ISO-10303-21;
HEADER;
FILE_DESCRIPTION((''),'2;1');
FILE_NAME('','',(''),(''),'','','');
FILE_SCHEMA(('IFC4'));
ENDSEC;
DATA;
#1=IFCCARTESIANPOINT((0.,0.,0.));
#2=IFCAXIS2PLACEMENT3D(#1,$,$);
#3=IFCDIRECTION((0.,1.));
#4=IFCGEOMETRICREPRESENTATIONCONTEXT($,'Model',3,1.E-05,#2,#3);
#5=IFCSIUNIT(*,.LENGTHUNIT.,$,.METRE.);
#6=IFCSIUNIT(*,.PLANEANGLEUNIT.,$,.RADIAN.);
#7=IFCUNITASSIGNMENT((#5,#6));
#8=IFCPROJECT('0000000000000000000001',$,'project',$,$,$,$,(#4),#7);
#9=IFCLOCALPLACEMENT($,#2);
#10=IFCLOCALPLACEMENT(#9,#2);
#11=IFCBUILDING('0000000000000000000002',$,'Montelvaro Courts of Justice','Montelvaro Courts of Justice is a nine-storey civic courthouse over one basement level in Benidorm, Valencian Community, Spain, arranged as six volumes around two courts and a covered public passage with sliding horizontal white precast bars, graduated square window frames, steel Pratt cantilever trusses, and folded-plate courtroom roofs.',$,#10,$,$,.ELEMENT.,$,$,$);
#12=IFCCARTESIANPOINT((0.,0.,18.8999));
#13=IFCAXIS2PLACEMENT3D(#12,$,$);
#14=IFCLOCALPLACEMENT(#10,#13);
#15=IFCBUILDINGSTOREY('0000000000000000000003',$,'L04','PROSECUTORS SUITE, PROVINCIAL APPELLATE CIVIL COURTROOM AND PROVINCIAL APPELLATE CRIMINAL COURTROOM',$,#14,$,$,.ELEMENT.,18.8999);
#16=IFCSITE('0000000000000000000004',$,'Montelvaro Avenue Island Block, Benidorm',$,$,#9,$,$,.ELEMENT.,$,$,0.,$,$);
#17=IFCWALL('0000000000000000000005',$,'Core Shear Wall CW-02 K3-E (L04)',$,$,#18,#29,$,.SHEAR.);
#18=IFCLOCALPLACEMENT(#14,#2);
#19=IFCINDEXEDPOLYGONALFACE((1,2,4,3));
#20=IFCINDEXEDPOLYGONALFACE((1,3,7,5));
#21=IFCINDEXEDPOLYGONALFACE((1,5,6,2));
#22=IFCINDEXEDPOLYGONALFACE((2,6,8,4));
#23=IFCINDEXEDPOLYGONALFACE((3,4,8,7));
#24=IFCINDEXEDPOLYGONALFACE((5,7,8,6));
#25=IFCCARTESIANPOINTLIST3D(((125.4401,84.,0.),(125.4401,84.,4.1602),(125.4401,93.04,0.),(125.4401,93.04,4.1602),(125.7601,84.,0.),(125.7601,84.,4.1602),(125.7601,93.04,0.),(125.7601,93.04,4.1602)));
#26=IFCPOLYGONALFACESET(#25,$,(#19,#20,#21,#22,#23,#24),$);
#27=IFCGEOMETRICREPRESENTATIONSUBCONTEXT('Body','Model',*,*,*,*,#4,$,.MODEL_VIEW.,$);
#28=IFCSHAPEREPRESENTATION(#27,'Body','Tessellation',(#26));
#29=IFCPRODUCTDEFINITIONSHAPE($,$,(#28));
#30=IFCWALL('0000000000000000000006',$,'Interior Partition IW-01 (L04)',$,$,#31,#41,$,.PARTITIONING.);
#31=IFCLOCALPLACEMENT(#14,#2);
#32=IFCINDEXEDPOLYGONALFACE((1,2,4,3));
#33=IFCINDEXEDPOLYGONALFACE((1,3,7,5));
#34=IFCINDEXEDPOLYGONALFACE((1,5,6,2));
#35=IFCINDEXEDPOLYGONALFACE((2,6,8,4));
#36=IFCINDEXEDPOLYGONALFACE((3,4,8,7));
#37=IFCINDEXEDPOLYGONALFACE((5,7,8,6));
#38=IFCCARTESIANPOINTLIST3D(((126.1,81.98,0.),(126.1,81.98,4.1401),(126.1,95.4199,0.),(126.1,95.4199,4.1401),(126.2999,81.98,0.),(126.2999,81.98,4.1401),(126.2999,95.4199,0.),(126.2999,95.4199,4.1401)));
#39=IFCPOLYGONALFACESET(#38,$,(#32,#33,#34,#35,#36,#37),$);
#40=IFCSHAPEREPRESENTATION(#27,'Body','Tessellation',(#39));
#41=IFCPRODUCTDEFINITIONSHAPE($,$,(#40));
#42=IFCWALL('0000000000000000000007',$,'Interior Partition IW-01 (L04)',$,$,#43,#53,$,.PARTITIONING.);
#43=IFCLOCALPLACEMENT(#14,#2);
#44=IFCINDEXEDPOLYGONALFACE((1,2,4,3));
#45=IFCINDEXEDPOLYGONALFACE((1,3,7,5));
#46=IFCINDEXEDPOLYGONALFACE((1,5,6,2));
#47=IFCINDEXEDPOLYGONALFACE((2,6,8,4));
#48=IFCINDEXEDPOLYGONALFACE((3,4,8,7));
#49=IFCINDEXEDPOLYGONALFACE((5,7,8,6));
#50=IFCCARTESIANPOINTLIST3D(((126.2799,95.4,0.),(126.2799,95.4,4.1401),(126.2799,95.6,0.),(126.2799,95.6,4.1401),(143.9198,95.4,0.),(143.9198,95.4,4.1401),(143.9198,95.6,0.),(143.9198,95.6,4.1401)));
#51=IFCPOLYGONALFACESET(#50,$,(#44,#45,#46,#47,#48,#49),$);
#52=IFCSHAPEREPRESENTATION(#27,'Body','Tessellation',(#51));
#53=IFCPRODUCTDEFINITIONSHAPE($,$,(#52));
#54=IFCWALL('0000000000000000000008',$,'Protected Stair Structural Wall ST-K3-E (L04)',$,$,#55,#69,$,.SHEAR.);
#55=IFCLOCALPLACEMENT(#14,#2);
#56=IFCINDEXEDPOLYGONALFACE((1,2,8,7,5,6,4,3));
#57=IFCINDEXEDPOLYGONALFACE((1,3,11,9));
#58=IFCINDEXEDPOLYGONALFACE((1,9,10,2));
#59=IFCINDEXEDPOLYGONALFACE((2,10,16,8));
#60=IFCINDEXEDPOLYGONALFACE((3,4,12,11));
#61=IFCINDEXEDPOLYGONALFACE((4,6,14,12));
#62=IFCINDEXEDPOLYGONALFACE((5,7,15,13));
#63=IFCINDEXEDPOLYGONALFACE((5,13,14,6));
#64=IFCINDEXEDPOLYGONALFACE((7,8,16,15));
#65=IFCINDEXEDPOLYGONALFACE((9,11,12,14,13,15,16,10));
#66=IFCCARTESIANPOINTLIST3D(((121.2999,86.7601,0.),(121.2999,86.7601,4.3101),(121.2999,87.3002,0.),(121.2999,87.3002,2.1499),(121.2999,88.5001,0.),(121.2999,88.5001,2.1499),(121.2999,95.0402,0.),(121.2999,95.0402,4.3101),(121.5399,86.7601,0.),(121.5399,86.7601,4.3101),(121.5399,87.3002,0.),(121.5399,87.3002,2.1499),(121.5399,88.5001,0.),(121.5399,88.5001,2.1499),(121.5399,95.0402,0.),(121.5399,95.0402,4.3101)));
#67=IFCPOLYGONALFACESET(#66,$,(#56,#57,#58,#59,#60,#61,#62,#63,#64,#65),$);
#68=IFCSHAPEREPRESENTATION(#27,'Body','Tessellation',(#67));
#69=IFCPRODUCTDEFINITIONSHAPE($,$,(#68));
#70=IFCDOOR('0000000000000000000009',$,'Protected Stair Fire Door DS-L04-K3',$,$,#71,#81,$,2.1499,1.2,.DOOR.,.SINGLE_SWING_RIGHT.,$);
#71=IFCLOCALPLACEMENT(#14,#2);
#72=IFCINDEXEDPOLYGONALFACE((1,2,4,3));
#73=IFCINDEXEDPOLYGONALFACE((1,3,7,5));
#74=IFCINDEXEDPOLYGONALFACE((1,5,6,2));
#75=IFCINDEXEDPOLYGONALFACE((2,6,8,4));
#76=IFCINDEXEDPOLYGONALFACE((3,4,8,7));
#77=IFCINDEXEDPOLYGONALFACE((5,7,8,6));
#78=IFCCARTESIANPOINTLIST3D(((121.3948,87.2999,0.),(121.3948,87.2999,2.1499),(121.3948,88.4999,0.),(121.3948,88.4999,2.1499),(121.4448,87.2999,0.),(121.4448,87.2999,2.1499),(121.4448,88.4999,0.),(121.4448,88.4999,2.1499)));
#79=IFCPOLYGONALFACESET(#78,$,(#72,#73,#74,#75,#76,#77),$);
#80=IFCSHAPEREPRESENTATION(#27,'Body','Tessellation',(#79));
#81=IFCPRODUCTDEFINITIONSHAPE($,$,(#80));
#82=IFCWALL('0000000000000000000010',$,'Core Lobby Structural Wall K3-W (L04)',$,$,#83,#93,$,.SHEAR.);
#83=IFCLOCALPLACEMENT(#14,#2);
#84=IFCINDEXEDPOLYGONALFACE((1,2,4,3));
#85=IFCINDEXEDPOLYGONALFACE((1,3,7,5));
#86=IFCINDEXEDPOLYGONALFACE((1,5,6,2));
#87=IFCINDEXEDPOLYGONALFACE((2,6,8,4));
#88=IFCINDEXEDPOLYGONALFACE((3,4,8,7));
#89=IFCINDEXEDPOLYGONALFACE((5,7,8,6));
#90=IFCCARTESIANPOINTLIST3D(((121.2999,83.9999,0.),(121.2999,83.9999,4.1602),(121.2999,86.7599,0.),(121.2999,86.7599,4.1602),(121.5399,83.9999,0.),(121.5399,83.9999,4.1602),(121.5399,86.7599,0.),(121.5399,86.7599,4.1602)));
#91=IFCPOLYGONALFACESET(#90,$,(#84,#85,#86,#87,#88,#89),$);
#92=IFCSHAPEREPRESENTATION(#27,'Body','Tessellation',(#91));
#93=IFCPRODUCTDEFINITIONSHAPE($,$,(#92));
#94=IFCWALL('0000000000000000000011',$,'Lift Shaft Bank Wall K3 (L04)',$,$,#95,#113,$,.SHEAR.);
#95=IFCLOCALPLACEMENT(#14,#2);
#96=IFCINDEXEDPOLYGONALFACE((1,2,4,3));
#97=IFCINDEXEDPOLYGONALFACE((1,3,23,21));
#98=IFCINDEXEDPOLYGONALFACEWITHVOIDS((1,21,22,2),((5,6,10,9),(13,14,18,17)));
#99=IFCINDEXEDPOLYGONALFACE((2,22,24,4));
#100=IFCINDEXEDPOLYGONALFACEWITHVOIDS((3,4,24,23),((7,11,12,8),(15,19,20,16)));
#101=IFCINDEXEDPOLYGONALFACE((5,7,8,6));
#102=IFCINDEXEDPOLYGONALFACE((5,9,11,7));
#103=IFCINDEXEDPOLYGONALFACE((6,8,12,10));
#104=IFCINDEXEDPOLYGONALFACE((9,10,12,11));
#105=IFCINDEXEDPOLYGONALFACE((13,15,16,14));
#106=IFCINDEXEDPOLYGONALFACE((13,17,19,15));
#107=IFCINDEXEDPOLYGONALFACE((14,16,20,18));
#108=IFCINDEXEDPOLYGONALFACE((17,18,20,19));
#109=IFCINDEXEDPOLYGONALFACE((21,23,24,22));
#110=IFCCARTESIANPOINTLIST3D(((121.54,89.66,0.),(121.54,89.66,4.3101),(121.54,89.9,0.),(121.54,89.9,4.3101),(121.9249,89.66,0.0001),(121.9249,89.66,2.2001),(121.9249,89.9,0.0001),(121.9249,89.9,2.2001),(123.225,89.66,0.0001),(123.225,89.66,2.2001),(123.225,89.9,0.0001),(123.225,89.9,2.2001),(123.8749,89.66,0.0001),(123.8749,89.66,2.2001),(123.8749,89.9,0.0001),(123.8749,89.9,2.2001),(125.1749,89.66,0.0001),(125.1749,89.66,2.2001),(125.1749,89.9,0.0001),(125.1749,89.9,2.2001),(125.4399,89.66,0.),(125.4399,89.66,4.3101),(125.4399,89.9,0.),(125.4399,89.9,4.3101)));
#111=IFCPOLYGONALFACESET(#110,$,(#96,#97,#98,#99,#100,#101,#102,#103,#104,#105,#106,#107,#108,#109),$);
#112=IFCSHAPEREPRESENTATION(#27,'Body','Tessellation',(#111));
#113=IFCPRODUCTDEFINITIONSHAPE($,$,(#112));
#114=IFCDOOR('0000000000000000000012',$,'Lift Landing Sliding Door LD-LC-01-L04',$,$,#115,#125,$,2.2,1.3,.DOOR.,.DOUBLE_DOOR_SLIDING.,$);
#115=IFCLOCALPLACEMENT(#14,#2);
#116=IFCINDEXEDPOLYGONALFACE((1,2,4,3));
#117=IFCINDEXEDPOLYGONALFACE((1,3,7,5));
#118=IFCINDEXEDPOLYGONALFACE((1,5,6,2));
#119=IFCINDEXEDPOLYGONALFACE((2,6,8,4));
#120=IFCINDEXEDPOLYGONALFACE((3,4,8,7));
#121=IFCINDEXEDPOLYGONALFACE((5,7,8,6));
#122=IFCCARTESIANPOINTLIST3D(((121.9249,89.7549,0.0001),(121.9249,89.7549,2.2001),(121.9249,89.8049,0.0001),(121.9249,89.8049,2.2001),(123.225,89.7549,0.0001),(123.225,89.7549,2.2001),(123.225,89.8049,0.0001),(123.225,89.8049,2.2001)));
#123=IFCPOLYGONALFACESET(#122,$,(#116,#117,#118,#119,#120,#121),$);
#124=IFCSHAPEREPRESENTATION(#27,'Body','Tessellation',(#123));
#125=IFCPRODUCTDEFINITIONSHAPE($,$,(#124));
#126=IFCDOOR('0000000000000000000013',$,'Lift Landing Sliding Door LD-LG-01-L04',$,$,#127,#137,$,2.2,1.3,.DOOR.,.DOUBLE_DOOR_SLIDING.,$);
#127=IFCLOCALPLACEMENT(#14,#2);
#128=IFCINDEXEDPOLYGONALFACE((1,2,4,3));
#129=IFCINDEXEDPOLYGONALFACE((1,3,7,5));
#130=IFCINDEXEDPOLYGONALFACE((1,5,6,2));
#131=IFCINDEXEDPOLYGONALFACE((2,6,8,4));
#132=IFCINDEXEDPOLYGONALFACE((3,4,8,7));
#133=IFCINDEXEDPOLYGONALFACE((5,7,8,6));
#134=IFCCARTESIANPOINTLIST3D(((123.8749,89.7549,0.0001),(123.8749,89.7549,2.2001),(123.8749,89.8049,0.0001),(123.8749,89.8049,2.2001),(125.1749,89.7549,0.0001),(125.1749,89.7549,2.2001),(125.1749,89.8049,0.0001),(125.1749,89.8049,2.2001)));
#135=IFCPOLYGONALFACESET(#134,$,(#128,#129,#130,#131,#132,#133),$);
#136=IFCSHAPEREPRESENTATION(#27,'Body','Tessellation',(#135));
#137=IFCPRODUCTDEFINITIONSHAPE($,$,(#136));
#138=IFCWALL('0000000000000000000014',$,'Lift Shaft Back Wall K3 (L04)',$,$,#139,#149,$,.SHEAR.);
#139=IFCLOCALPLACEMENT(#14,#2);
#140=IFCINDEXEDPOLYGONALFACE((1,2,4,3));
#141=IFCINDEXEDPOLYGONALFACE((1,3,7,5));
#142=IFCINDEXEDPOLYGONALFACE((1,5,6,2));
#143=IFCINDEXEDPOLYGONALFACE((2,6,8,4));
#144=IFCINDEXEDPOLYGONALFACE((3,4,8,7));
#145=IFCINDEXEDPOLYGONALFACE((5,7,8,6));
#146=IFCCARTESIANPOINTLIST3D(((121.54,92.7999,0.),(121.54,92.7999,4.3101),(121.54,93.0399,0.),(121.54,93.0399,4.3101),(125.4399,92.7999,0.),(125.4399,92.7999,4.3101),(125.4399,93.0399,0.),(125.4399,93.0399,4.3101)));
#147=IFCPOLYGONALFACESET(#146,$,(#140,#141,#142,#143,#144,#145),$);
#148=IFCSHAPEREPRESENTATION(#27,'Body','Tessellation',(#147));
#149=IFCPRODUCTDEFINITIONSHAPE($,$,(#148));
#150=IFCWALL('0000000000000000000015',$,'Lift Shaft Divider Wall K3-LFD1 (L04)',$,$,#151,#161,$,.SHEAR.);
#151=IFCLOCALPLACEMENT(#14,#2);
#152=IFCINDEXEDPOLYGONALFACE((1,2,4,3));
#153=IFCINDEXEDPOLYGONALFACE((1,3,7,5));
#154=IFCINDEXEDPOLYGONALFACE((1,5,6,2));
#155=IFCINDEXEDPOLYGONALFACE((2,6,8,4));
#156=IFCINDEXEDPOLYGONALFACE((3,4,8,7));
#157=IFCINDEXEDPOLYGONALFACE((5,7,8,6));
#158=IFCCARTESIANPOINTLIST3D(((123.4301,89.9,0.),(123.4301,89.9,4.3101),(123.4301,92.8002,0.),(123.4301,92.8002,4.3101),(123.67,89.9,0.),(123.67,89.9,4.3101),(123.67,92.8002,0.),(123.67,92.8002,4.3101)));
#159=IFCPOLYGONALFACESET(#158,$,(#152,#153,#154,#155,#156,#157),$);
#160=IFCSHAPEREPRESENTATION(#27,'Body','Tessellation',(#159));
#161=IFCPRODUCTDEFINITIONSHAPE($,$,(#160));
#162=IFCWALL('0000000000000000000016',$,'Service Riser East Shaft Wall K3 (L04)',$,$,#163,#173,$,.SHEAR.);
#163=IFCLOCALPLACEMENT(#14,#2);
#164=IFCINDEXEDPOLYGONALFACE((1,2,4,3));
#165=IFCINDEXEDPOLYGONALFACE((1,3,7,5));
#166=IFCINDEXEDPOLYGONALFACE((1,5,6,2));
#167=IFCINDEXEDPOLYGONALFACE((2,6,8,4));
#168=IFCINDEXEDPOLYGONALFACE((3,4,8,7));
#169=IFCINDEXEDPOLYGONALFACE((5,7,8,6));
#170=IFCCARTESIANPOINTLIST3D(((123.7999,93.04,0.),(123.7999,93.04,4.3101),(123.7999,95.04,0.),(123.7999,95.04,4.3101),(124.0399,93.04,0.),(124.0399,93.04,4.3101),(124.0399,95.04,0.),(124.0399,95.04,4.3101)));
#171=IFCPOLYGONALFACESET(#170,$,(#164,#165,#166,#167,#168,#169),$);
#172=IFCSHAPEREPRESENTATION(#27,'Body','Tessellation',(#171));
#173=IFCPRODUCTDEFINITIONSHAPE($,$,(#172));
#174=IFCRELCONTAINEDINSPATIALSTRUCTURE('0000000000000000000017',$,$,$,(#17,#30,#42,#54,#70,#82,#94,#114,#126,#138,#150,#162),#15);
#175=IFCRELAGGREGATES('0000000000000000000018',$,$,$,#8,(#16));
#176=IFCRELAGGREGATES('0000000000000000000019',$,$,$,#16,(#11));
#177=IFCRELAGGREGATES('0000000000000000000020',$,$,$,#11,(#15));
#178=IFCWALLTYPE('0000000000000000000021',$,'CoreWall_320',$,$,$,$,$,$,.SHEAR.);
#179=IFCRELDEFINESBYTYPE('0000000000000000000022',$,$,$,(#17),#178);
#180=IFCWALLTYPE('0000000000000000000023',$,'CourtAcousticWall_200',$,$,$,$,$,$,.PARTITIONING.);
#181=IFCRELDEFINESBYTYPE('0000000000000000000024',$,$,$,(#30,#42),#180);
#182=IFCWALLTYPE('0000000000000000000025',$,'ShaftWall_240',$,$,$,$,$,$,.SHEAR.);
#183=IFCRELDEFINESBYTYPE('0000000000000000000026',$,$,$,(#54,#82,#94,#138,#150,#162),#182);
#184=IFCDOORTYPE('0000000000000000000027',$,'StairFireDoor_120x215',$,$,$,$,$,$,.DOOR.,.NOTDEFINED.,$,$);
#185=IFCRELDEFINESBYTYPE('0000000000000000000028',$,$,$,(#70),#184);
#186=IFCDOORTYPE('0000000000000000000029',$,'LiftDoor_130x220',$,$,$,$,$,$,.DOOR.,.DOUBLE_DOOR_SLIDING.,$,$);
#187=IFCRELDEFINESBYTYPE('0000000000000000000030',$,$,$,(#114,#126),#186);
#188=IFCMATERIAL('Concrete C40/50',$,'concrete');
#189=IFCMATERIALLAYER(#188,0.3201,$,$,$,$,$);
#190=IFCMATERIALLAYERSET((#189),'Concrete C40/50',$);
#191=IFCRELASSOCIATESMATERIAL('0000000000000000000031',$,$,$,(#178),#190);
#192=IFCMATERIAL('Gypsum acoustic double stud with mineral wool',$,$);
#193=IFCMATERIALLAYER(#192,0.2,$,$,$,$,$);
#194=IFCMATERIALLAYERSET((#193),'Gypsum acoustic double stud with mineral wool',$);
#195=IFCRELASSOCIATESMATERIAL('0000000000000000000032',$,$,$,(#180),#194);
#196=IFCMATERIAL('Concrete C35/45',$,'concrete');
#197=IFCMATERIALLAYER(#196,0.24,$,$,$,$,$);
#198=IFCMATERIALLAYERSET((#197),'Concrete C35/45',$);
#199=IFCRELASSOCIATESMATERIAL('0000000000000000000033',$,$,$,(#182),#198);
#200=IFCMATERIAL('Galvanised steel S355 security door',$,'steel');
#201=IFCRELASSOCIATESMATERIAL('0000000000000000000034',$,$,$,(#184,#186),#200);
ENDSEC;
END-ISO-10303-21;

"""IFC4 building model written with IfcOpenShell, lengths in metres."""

from ifc_helpers import new_model, si_unit, direction, frame, frame_2d, origin, place, context, subcontext, project, spatial, rectangle, extrude, material, layer, layer_set, type_object, element, fill, save


model = new_model("IFC4")

# Units and contexts
model_context = context("Model", 3, precision=1e-05, world=origin(), true_north=direction((0.0, 1.0)))
body_context = subcontext(model_context, "Body", "Model", "MODEL_VIEW")
ifc_project = project(units=[si_unit("LENGTHUNIT", "METRE"), si_unit("PLANEANGLEUNIT", "RADIAN")], contexts=[model_context])

# Site, building, storey
site_placement = place(None, origin())
site = spatial("IfcSite", under=ifc_project, at=site_placement, Name="Montelvaro Avenue Island Block, Benidorm", CompositionType="ELEMENT", RefElevation=0.0)
building_placement = place(site_placement, origin())
building = spatial("IfcBuilding", under=site, at=building_placement, Name="Montelvaro Courts of Justice", Description="Montelvaro Courts of Justice is a nine-storey civic courthouse over one basement level in Benidorm, Valencian Community, Spain, arranged as six volumes around two courts and a covered public passage with sliding horizontal white precast bars, graduated square window frames, steel Pratt cantilever trusses, and folded-plate courtroom roofs.", CompositionType="ELEMENT")
storey_placement = place(building_placement, frame((0.0, 0.0, 18.8999)))
storey = spatial("IfcBuildingStorey", under=building, at=storey_placement, Name="L04", Description="PROSECUTORS SUITE, PROVINCIAL APPELLATE CIVIL COURTROOM AND PROVINCIAL APPELLATE CRIMINAL COURTROOM", CompositionType="ELEMENT", Elevation=18.8999)

# Shared definitions
ifc_material_1 = material(Name="Concrete C40/50", Category="concrete")
ifc_layer_1 = layer(ifc_material_1, 0.3201)
ifc_layer_set_1 = layer_set([ifc_layer_1], Name="Concrete C40/50")
wall_type_1 = type_object("IfcWallType", Name="CoreWall_320", PredefinedType="SHEAR", material=ifc_layer_set_1)
ifc_material_2 = material(Name="Galvanised steel S355 security door", Category="steel")

# Walls
wall_1_placement = place(storey_placement, frame((125.6001, 84.0, 0.0), z_axis=(0.0, 0.0, 1.0), x_axis=(0.0, 1.0, 0.0)))
element("IfcWall", 1, at=wall_1_placement, inside=storey, type_object=wall_type_1, Name="Core Shear Wall CW-02 K3-E (L04)", PredefinedType="SHEAR", context=body_context, shape_type="SweptSolid", body=[
    extrude(rectangle(XDim=9.04, YDim=0.3201, at=frame_2d((4.52, 0.0))), origin(), (0.0, 0.0, 1.0), 4.1602),
])
ifc_material_3 = material(Name="Gypsum acoustic double stud with mineral wool")
ifc_layer_2 = layer(ifc_material_3, 0.2)
ifc_layer_set_2 = layer_set([ifc_layer_2], Name="Gypsum acoustic double stud with mineral wool")
wall_type_2 = type_object("IfcWallType", Name="CourtAcousticWall_200", PredefinedType="PARTITIONING", material=ifc_layer_set_2)
wall_2_placement = place(storey_placement, frame((126.2, 81.98, 0.0), z_axis=(0.0, 0.0, 1.0), x_axis=(0.0, 1.0, 0.0)))
element("IfcWall", 2, at=wall_2_placement, inside=storey, type_object=wall_type_2, Name="Interior Partition IW-01 (L04)", PredefinedType="PARTITIONING", context=body_context, shape_type="SweptSolid", body=[
    extrude(rectangle(XDim=13.4399, YDim=0.2, at=frame_2d((6.72, 0.0))), origin(), (0.0, 0.0, 1.0), 4.1401),
])
wall_3_placement = place(storey_placement, frame((126.28, 95.5, 0.0), z_axis=(0.0, 0.0, 1.0), x_axis=(1.0, 0.0, 0.0)))
element("IfcWall", 3, at=wall_3_placement, inside=storey, type_object=wall_type_2, Name="Interior Partition IW-01 (L04)", PredefinedType="PARTITIONING", context=body_context, shape_type="SweptSolid", body=[
    extrude(rectangle(XDim=17.6399, YDim=0.2, at=frame_2d((8.8198, 0.0))), origin(), (0.0, 0.0, 1.0), 4.1401),
])

# Wall, opening, door
ifc_material_4 = material(Name="Concrete C35/45", Category="concrete")
ifc_layer_3 = layer(ifc_material_4, 0.24)
ifc_layer_set_3 = layer_set([ifc_layer_3], Name="Concrete C35/45")
wall_type_3 = type_object("IfcWallType", Name="ShaftWall_240", PredefinedType="SHEAR", material=ifc_layer_set_3)
wall_4_placement = place(storey_placement, frame((121.4199, 86.76, 0.0), z_axis=(0.0, 0.0, 1.0), x_axis=(0.0, 1.0, 0.0)))
wall_4 = element("IfcWall", 4, at=wall_4_placement, inside=storey, type_object=wall_type_3, Name="Protected Stair Structural Wall ST-K3-E (L04)", PredefinedType="SHEAR", context=body_context, shape_type="SweptSolid", body=[
    extrude(rectangle(XDim=8.28, YDim=0.24, at=frame_2d((4.1401, 0.0))), origin(), (0.0, 0.0, 1.0), 4.3101),
])
opening_1_placement = place(wall_4_placement, frame((0.54, 0.0, 0.0)))
opening_1 = element("IfcOpeningElement", 5, at=opening_1_placement, cuts=wall_4, PredefinedType="OPENING", context=body_context, shape_type="SweptSolid", body=[
    extrude(rectangle(XDim=1.2, YDim=2.1499, at=frame_2d((0.6001, 1.075))), frame((0.0, 0.1348, 0.0), z_axis=(0.0, -1.0, 0.0), x_axis=(1.0, 0.0, 0.0)), (0.0, 0.0, 1.0), 0.2698),
])
door_type_1 = type_object("IfcDoorType", Name="StairFireDoor_120x215", OperationType="NOTDEFINED", PredefinedType="DOOR", material=ifc_material_2)
door_1_placement = place(opening_1_placement, frame((1.2, 0.0, 0.0), z_axis=(0.0, 0.0, 1.0), x_axis=(-1.0, 0.0, 0.0)))
door_1 = element("IfcDoor", 6, at=door_1_placement, inside=storey, type_object=door_type_1, Name="Protected Stair Fire Door DS-L04-K3", OperationType="SINGLE_SWING_RIGHT", OverallHeight=2.1499, OverallWidth=1.2, PredefinedType="DOOR", context=body_context, shape_type="SweptSolid", body=[
    extrude(rectangle(XDim=1.2, YDim=2.1499, at=frame_2d((0.6001, 1.075))), frame((0.0, 0.0249, 0.0), z_axis=(0.0, -1.0, 0.0), x_axis=(1.0, 0.0, 0.0)), (0.0, 0.0, 1.0), 0.05),
])
fill(opening_1, door_1)

# Wall
wall_5_placement = place(storey_placement, frame((121.4199, 84.0, 0.0), z_axis=(0.0, 0.0, 1.0), x_axis=(0.0, 1.0, 0.0)))
element("IfcWall", 7, at=wall_5_placement, inside=storey, type_object=wall_type_3, Name="Core Lobby Structural Wall K3-W (L04)", PredefinedType="SHEAR", context=body_context, shape_type="SweptSolid", body=[
    extrude(rectangle(XDim=2.76, YDim=0.24, at=frame_2d((1.3799, 0.0))), origin(), (0.0, 0.0, 1.0), 4.1602),
])

# Wall, openings, doors
wall_6_placement = place(storey_placement, frame((121.54, 89.78, 0.0), z_axis=(0.0, 0.0, 1.0), x_axis=(1.0, 0.0, 0.0)))
wall_6 = element("IfcWall", 8, at=wall_6_placement, inside=storey, type_object=wall_type_3, Name="Lift Shaft Bank Wall K3 (L04)", PredefinedType="SHEAR", context=body_context, shape_type="SweptSolid", body=[
    extrude(rectangle(XDim=3.8999, YDim=0.24, at=frame_2d((1.95, 0.0))), origin(), (0.0, 0.0, 1.0), 4.3101),
])
opening_2_placement = place(wall_6_placement, frame((0.385, 0.0, 0.0)))
opening_2 = element("IfcOpeningElement", 9, at=opening_2_placement, cuts=wall_6, PredefinedType="OPENING", context=body_context, shape_type="SweptSolid", body=[
    extrude(rectangle(XDim=1.3, YDim=2.2, at=frame_2d((0.6499, 1.1001))), frame((0.0, 0.1348, 0.0), z_axis=(0.0, -1.0, 0.0), x_axis=(1.0, 0.0, 0.0)), (0.0, 0.0, 1.0), 0.2698),
])
opening_3_placement = place(wall_6_placement, frame((2.335, 0.0, 0.0)))
opening_3 = element("IfcOpeningElement", 10, at=opening_3_placement, cuts=wall_6, PredefinedType="OPENING", context=body_context, shape_type="SweptSolid", body=[
    extrude(rectangle(XDim=1.3, YDim=2.2, at=frame_2d((0.6499, 1.1001))), frame((0.0, 0.1348, 0.0), z_axis=(0.0, -1.0, 0.0), x_axis=(1.0, 0.0, 0.0)), (0.0, 0.0, 1.0), 0.2698),
])
door_type_2 = type_object("IfcDoorType", Name="LiftDoor_130x220", OperationType="DOUBLE_DOOR_SLIDING", PredefinedType="DOOR", material=ifc_material_2)
door_2_placement = place(opening_2_placement, origin())
door_2 = element("IfcDoor", 11, at=door_2_placement, inside=storey, type_object=door_type_2, Name="Lift Landing Sliding Door LD-LC-01-L04", OperationType="DOUBLE_DOOR_SLIDING", OverallHeight=2.2, OverallWidth=1.3, PredefinedType="DOOR", context=body_context, shape_type="SweptSolid", body=[
    extrude(rectangle(XDim=1.3, YDim=2.2, at=frame_2d((0.6499, 1.1001))), frame((0.0, 0.0249, 0.0), z_axis=(0.0, -1.0, 0.0), x_axis=(1.0, 0.0, 0.0)), (0.0, 0.0, 1.0), 0.05),
])
fill(opening_2, door_2)
door_3_placement = place(opening_3_placement, origin())
door_3 = element("IfcDoor", 12, at=door_3_placement, inside=storey, type_object=door_type_2, Name="Lift Landing Sliding Door LD-LG-01-L04", OperationType="DOUBLE_DOOR_SLIDING", OverallHeight=2.2, OverallWidth=1.3, PredefinedType="DOOR", context=body_context, shape_type="SweptSolid", body=[
    extrude(rectangle(XDim=1.3, YDim=2.2, at=frame_2d((0.6499, 1.1001))), frame((0.0, 0.0249, 0.0), z_axis=(0.0, -1.0, 0.0), x_axis=(1.0, 0.0, 0.0)), (0.0, 0.0, 1.0), 0.05),
])
fill(opening_3, door_3)

# Walls
wall_7_placement = place(storey_placement, frame((121.54, 92.9199, 0.0), z_axis=(0.0, 0.0, 1.0), x_axis=(1.0, 0.0, 0.0)))
element("IfcWall", 13, at=wall_7_placement, inside=storey, type_object=wall_type_3, Name="Lift Shaft Back Wall K3 (L04)", PredefinedType="SHEAR", context=body_context, shape_type="SweptSolid", body=[
    extrude(rectangle(XDim=3.8999, YDim=0.24, at=frame_2d((1.95, 0.0))), origin(), (0.0, 0.0, 1.0), 4.3101),
])
wall_8_placement = place(storey_placement, frame((123.55, 89.8999, 0.0), z_axis=(0.0, 0.0, 1.0), x_axis=(0.0, 1.0, 0.0)))
element("IfcWall", 14, at=wall_8_placement, inside=storey, type_object=wall_type_3, Name="Lift Shaft Divider Wall K3-LFD1 (L04)", PredefinedType="SHEAR", context=body_context, shape_type="SweptSolid", body=[
    extrude(rectangle(XDim=2.9001, YDim=0.24, at=frame_2d((1.4502, 0.0))), origin(), (0.0, 0.0, 1.0), 4.3101),
])
wall_9_placement = place(storey_placement, frame((123.9199, 93.04, 0.0), z_axis=(0.0, 0.0, 1.0), x_axis=(0.0, 1.0, 0.0)))
element("IfcWall", 15, at=wall_9_placement, inside=storey, type_object=wall_type_3, Name="Service Riser East Shaft Wall K3 (L04)", PredefinedType="SHEAR", context=body_context, shape_type="SweptSolid", body=[
    extrude(rectangle(XDim=2.0, YDim=0.24, at=frame_2d((1.0, 0.0))), origin(), (0.0, 0.0, 1.0), 4.3101),
])

save(model, "model.ifc")
